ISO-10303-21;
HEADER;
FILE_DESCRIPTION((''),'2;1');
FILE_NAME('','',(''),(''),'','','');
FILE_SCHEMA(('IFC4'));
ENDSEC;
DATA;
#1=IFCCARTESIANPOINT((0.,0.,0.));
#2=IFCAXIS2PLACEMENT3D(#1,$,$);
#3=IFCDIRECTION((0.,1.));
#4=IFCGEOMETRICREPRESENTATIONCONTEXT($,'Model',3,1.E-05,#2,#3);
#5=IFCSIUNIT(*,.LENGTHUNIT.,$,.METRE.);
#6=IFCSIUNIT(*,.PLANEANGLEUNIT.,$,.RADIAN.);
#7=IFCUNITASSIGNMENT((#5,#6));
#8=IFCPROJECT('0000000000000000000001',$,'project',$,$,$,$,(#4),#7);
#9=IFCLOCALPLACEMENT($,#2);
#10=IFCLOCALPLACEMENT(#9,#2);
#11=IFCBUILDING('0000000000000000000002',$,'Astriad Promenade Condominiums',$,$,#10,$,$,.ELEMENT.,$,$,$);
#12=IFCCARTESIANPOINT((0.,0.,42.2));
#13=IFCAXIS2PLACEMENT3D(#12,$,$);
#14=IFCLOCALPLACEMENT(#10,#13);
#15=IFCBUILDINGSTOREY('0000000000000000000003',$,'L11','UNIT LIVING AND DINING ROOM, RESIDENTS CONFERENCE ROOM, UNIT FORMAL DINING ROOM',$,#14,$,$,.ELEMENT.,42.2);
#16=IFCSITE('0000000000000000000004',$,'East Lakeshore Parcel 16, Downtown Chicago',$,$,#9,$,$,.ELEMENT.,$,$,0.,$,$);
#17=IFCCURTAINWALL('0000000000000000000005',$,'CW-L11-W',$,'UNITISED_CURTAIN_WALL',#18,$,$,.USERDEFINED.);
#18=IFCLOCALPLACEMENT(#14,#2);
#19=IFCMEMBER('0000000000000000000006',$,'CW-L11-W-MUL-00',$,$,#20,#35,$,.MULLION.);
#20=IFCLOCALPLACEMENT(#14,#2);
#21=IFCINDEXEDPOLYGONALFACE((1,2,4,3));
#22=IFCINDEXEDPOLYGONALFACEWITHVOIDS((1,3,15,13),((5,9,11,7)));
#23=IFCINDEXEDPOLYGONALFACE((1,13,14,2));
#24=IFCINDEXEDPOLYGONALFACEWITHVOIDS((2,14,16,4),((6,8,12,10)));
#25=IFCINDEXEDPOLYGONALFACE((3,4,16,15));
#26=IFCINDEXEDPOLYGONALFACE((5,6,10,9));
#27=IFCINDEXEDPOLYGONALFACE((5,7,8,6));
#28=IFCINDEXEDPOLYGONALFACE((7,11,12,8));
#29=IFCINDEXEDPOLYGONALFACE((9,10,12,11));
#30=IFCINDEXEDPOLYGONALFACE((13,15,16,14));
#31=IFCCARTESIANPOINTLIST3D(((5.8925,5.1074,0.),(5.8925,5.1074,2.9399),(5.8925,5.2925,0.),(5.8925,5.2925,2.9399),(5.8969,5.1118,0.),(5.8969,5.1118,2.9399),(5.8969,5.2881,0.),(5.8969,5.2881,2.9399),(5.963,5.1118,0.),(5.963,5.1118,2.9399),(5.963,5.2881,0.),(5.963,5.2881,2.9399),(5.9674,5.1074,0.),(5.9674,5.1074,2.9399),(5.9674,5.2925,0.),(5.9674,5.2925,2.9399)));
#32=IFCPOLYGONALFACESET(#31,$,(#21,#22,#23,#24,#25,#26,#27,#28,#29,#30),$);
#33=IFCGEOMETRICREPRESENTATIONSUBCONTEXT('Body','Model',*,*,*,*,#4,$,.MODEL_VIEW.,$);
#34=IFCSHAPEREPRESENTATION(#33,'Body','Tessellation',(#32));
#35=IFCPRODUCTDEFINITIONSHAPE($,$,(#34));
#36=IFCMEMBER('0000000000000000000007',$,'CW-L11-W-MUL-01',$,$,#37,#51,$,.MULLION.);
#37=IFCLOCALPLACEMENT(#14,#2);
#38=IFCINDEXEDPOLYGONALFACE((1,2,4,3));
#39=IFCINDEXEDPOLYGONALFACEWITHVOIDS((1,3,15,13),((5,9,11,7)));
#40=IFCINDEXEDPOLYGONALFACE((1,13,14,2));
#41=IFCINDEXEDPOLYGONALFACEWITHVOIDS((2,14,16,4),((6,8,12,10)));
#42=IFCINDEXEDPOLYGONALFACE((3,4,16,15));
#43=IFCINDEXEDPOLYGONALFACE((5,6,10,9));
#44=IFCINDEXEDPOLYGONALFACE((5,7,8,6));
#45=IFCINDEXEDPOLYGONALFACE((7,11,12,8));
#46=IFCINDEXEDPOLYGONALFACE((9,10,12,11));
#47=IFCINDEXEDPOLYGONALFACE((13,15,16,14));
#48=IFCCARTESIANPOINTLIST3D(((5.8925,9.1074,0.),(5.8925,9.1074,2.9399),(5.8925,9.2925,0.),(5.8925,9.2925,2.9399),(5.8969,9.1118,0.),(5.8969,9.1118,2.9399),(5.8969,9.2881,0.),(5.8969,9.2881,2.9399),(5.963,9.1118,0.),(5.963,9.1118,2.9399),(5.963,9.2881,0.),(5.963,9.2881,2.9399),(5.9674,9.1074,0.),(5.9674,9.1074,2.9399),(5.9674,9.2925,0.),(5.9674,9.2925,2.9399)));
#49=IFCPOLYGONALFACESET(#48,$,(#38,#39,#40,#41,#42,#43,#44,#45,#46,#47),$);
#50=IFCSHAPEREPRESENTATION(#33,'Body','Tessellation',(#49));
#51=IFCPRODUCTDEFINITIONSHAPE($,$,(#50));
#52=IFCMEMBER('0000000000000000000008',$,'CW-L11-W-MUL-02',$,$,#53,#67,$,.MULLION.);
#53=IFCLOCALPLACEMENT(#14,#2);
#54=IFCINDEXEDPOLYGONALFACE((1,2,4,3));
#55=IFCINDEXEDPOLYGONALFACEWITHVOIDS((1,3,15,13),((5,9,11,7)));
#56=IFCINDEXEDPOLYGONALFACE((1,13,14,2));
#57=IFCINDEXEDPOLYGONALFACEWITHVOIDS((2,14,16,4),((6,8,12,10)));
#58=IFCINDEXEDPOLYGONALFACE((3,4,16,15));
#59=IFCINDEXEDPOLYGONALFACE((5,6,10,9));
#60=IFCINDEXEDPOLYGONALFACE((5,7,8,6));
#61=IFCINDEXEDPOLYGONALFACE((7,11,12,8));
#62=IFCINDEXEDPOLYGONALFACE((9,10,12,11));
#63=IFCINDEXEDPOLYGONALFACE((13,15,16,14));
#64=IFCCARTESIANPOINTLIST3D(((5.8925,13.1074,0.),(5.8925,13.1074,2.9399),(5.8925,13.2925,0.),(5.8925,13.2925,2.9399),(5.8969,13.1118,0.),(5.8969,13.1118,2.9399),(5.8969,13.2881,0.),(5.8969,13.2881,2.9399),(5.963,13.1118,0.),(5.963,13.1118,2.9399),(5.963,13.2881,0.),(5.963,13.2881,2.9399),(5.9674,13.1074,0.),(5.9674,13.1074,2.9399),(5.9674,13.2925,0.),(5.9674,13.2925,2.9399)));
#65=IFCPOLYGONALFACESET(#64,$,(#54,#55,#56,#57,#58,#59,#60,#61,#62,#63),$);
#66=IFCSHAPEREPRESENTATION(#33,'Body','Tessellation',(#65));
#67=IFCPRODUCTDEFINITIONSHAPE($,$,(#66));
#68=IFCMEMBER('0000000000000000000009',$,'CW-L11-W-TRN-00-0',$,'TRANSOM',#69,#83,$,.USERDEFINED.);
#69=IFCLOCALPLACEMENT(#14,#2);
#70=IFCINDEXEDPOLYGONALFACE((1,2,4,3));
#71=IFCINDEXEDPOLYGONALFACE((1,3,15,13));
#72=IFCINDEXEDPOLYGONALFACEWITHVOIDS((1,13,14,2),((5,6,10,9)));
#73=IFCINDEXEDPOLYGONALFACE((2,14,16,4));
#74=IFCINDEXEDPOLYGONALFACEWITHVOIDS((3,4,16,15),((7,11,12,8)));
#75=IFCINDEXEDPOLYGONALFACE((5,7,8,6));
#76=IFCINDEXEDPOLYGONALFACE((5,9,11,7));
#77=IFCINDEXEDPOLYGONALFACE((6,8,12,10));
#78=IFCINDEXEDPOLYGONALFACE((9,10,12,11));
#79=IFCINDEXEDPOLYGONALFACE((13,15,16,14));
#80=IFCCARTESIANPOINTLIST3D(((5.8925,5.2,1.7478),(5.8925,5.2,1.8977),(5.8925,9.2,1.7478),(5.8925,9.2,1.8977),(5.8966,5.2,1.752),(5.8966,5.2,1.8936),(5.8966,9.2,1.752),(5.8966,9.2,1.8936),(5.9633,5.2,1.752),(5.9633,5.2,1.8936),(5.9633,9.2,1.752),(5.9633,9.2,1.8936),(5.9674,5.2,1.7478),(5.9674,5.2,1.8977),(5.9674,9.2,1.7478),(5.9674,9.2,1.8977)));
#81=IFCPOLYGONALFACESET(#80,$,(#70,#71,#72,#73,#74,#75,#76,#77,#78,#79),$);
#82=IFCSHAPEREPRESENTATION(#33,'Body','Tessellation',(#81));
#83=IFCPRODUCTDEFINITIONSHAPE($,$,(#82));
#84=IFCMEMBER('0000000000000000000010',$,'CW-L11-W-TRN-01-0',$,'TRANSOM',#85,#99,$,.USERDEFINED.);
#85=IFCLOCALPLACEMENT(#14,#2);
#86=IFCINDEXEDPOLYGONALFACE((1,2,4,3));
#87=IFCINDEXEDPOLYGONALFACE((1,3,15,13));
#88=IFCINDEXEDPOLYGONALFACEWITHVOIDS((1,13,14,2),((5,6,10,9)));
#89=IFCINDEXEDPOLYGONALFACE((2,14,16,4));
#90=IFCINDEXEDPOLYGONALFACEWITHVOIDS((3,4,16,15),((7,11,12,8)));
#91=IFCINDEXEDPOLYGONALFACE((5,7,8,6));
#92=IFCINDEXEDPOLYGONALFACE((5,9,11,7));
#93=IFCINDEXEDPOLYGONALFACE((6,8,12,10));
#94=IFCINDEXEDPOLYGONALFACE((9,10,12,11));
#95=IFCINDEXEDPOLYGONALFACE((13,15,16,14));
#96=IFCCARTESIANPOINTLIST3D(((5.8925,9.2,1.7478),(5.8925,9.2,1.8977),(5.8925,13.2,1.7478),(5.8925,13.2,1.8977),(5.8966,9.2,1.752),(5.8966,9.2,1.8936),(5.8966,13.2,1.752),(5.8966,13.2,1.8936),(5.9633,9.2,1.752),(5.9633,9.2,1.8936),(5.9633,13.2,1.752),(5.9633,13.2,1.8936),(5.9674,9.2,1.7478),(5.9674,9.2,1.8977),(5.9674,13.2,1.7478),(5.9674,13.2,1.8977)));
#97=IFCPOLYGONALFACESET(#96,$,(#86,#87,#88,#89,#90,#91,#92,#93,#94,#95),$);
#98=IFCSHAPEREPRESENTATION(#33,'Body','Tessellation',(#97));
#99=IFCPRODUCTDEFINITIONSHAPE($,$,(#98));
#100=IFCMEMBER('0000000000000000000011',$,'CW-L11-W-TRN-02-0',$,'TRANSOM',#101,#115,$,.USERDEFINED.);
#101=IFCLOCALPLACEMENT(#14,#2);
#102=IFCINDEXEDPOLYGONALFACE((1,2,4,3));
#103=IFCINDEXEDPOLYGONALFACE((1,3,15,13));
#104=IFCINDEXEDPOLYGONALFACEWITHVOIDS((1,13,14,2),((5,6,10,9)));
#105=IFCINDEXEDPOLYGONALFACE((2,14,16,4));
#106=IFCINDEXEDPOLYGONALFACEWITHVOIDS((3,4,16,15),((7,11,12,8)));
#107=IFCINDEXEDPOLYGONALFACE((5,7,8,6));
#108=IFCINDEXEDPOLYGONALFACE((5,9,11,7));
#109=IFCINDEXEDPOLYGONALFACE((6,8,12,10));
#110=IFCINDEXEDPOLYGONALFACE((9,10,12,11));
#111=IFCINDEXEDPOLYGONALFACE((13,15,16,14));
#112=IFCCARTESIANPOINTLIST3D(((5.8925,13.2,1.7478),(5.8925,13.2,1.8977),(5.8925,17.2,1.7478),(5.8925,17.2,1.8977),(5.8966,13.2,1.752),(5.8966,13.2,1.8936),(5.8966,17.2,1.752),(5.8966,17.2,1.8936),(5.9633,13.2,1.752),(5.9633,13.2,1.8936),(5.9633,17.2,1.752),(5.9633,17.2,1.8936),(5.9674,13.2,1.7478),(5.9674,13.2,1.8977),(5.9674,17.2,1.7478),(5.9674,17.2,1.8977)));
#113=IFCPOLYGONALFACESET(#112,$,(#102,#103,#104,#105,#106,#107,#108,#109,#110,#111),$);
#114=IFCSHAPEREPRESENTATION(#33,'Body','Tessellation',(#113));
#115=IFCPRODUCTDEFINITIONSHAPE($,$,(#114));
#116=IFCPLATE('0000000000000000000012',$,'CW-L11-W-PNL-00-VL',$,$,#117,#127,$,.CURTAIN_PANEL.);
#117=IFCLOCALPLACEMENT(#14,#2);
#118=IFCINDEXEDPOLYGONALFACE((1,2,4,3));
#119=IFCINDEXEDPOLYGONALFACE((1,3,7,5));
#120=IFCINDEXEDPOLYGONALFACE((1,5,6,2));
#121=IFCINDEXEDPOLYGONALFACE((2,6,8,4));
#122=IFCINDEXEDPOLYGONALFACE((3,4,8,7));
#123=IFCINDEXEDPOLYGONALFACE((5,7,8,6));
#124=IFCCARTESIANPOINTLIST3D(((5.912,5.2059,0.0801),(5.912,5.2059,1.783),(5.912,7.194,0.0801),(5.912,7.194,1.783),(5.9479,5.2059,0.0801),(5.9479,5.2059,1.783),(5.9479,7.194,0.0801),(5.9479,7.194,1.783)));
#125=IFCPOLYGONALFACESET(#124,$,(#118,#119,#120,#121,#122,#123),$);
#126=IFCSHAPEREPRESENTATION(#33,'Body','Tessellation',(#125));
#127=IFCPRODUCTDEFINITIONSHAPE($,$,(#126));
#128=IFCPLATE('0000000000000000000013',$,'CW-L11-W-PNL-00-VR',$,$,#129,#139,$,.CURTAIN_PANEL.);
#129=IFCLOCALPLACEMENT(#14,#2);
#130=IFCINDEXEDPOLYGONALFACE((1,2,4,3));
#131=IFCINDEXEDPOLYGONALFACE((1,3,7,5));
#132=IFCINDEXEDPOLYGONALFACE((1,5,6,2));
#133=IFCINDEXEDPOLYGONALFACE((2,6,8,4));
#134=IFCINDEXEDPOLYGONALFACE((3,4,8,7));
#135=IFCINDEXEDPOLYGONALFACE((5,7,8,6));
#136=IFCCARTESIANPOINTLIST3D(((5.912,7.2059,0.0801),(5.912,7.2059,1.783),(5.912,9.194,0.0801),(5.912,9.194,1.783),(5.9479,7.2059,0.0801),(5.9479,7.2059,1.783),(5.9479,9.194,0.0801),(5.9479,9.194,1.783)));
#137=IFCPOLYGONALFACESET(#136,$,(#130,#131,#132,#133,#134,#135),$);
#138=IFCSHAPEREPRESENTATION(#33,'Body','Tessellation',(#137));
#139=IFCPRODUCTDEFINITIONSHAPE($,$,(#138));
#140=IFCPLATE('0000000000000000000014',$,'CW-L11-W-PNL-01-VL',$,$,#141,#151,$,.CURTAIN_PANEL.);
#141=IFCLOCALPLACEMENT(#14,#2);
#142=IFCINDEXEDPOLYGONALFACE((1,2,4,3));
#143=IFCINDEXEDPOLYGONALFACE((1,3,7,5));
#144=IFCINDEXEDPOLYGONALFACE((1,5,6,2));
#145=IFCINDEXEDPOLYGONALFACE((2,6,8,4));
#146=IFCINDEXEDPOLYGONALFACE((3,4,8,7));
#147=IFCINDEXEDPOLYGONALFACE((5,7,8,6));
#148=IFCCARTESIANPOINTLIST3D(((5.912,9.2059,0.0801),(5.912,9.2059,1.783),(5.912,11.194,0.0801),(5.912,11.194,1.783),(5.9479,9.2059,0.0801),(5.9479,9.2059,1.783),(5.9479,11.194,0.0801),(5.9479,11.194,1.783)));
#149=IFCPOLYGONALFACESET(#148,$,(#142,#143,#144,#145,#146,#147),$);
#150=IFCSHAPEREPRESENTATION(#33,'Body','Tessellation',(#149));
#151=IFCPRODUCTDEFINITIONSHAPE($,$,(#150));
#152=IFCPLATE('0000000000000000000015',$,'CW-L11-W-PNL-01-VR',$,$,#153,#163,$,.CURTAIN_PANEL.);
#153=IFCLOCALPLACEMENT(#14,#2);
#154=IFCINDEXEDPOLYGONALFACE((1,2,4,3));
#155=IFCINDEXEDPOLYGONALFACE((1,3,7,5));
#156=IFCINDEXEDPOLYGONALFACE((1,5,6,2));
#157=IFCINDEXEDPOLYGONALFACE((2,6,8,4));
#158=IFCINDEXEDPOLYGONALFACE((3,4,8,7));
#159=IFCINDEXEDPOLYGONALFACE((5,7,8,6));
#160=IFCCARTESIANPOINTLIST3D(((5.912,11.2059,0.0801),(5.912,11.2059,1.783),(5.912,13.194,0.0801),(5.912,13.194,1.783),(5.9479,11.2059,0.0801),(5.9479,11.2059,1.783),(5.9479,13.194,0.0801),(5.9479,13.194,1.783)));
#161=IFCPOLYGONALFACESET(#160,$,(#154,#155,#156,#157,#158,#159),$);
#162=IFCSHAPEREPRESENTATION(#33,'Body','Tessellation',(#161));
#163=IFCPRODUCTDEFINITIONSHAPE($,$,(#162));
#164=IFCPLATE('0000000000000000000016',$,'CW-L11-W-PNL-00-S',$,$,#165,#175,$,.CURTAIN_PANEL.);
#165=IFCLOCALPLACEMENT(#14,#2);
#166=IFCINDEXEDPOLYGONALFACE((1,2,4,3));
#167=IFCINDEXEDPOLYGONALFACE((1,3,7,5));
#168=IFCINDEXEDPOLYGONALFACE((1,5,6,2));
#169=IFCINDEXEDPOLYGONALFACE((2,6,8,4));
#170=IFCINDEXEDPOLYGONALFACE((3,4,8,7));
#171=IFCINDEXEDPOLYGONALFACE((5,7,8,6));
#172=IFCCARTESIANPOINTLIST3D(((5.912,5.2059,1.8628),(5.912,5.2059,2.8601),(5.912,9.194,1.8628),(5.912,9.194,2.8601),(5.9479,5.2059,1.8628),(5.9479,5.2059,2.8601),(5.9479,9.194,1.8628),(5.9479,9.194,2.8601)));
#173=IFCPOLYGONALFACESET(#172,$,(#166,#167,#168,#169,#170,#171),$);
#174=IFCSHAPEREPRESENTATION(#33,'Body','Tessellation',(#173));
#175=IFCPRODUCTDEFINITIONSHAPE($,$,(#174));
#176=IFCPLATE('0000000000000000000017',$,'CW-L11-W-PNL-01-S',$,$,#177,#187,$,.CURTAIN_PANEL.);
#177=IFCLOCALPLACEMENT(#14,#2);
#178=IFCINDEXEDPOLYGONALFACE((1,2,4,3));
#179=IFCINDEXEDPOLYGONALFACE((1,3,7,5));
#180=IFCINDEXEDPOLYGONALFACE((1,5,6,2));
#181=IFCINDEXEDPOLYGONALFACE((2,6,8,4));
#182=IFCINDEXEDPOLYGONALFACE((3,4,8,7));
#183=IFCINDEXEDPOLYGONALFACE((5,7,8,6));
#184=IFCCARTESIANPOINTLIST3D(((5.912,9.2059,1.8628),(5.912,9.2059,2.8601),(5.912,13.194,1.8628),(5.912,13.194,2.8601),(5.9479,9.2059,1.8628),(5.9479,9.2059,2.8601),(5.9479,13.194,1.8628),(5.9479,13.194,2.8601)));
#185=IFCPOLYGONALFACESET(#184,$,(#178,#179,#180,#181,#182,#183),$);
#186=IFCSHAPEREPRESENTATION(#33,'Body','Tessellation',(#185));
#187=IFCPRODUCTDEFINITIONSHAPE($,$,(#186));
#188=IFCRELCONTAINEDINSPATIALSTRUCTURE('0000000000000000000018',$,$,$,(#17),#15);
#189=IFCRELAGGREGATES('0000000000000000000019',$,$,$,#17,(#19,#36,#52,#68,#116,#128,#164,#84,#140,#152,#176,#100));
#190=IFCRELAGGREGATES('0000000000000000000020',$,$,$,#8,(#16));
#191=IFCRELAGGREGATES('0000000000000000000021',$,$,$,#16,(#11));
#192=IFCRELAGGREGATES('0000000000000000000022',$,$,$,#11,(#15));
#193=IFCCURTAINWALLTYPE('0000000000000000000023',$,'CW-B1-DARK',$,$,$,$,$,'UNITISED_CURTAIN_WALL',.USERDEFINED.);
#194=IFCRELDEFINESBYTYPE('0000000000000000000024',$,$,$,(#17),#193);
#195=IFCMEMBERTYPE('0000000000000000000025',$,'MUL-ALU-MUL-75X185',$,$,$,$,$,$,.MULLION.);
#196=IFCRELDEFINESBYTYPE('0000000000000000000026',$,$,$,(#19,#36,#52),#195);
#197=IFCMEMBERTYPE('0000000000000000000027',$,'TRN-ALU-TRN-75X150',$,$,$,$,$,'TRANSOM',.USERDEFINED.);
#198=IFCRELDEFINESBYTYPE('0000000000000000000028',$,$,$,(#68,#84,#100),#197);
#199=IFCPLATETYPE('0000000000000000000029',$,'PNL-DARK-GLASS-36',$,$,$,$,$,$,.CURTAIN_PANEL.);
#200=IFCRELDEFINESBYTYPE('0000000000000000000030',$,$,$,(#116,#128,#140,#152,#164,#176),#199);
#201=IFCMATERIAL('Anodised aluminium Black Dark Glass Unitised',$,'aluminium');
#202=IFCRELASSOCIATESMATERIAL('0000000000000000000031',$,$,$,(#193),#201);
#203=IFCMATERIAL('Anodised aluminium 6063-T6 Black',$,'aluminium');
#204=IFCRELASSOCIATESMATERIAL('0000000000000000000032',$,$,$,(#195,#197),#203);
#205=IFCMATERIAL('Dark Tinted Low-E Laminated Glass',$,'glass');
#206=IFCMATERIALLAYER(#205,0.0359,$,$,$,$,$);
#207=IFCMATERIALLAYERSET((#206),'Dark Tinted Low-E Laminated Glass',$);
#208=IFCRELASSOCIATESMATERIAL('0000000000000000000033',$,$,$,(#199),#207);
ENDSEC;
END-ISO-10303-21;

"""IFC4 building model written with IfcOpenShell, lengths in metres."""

from ifc_helpers import new_model, si_unit, direction, frame, origin, origin_2d, place, context, subcontext, project, spatial, rectangle, hollow_rectangle, extrude, source, transform, mapped, material, layer, layer_set, material_profile, profile_set, type_object, type_shapes, element, aggregate, save


model = new_model("IFC4")

# Units and contexts
model_context = context("Model", 3, precision=1e-05, world=origin(), true_north=direction((0.0, 1.0)))
body_context = subcontext(model_context, "Body", "Model", "MODEL_VIEW")
ifc_project = project(units=[si_unit("LENGTHUNIT", "METRE"), si_unit("PLANEANGLEUNIT", "RADIAN")], contexts=[model_context])

# Site, building, storey
site_placement = place(None, origin())
site = spatial("IfcSite", under=ifc_project, at=site_placement, Name="East Lakeshore Parcel 16, Downtown Chicago", CompositionType="ELEMENT", RefElevation=0.0)
building_placement = place(site_placement, origin())
building = spatial("IfcBuilding", under=site, at=building_placement, Name="Astriad Promenade Condominiums", CompositionType="ELEMENT")
storey_placement = place(building_placement, frame((0.0, 0.0, 42.2)))
storey = spatial("IfcBuildingStorey", under=building, at=storey_placement, Name="L11", Description="UNIT LIVING AND DINING ROOM, RESIDENTS CONFERENCE ROOM, UNIT FORMAL DINING ROOM", CompositionType="ELEMENT", Elevation=42.2)

# Curtain wall, members, plates
ifc_material_1 = material(Name="Anodised aluminium Black Dark Glass Unitised", Category="aluminium")
curtain_wall_type = type_object("IfcCurtainWallType", Name="CW-B1-DARK", ElementType="UNITISED_CURTAIN_WALL", PredefinedType="USERDEFINED", material=ifc_material_1)
curtain_wall_placement = place(storey_placement, origin())
curtain_wall = element("IfcCurtainWall", 1, at=curtain_wall_placement, inside=storey, type_object=curtain_wall_type, Name="CW-L11-W", ObjectType="UNITISED_CURTAIN_WALL", PredefinedType="USERDEFINED")
ifc_material_2 = material(Name="Anodised aluminium 6063-T6 Black", Category="aluminium")
ifc_material_profile_1 = material_profile(ifc_material_2, hollow_rectangle(XDim=0.075, YDim=0.1851, WallThickness=0.0044, at=origin_2d()), Name="ALU-MUL-75X185")
ifc_profile_set_1 = profile_set([ifc_material_profile_1], Name="Anodised aluminium 6063-T6 Black")
member_type_1 = type_object("IfcMemberType", Name="MUL-ALU-MUL-75X185", PredefinedType="MULLION", material=ifc_profile_set_1)
shared_shape_1 = source(origin(), body_context, "Body", "SweptSolid", [
    extrude(hollow_rectangle(XDim=0.075, YDim=0.1851, WallThickness=0.0044, at=origin_2d()), origin(), (0.0, 0.0, 1.0), 2.9399),
])
type_shapes(member_type_1, [shared_shape_1])
member_1_placement = place(storey_placement, frame((5.9299, 5.2, 0.0), z_axis=(0.0, 0.0, 1.0), x_axis=(1.0, 0.0, 0.0)))
member_1 = element("IfcMember", 2, at=member_1_placement, type_object=member_type_1, Name="CW-L11-W-MUL-00", PredefinedType="MULLION", context=body_context, shape_type="MappedRepresentation", body=[
    mapped(shared_shape_1, transform((0.0, 0.0, 0.0), scale=1.0)),
])
member_2_placement = place(storey_placement, frame((5.9299, 9.2, 0.0), z_axis=(0.0, 0.0, 1.0), x_axis=(1.0, 0.0, 0.0)))
member_2 = element("IfcMember", 3, at=member_2_placement, type_object=member_type_1, Name="CW-L11-W-MUL-01", PredefinedType="MULLION", context=body_context, shape_type="MappedRepresentation", body=[
    mapped(shared_shape_1, transform((0.0, 0.0, 0.0), scale=1.0)),
])
member_3_placement = place(storey_placement, frame((5.9299, 13.2, 0.0), z_axis=(0.0, 0.0, 1.0), x_axis=(1.0, 0.0, 0.0)))
member_3 = element("IfcMember", 4, at=member_3_placement, type_object=member_type_1, Name="CW-L11-W-MUL-02", PredefinedType="MULLION", context=body_context, shape_type="MappedRepresentation", body=[
    mapped(shared_shape_1, transform((0.0, 0.0, 0.0), scale=1.0)),
])
ifc_material_profile_2 = material_profile(ifc_material_2, hollow_rectangle(XDim=0.075, YDim=0.1499, WallThickness=0.0042, at=origin_2d()), Name="ALU-TRN-75X150")
ifc_profile_set_2 = profile_set([ifc_material_profile_2], Name="Anodised aluminium 6063-T6 Black")
member_type_2 = type_object("IfcMemberType", Name="TRN-ALU-TRN-75X150", ElementType="TRANSOM", PredefinedType="USERDEFINED", material=ifc_profile_set_2)
shared_shape_2 = source(origin(), body_context, "Body", "SweptSolid", [
    extrude(hollow_rectangle(XDim=0.075, YDim=0.1499, WallThickness=0.0042, at=origin_2d()), origin(), (0.0, 0.0, 1.0), 4.0),
])
type_shapes(member_type_2, [shared_shape_2])
member_4_placement = place(storey_placement, frame((5.9299, 5.2, 1.8228), z_axis=(0.0, 1.0, 0.0), x_axis=(-1.0, 0.0, 0.0)))
member_4 = element("IfcMember", 5, at=member_4_placement, type_object=member_type_2, Name="CW-L11-W-TRN-00-0", ObjectType="TRANSOM", PredefinedType="USERDEFINED", context=body_context, shape_type="MappedRepresentation", body=[
    mapped(shared_shape_2, transform((0.0, 0.0, 0.0), scale=1.0)),
])
member_5_placement = place(storey_placement, frame((5.9299, 9.2, 1.8228), z_axis=(0.0, 1.0, 0.0), x_axis=(-1.0, 0.0, 0.0)))
member_5 = element("IfcMember", 6, at=member_5_placement, type_object=member_type_2, Name="CW-L11-W-TRN-01-0", ObjectType="TRANSOM", PredefinedType="USERDEFINED", context=body_context, shape_type="MappedRepresentation", body=[
    mapped(shared_shape_2, transform((0.0, 0.0, 0.0), scale=1.0)),
])
member_6_placement = place(storey_placement, frame((5.9299, 13.2, 1.8228), z_axis=(0.0, 1.0, 0.0), x_axis=(-1.0, 0.0, 0.0)))
member_6 = element("IfcMember", 7, at=member_6_placement, type_object=member_type_2, Name="CW-L11-W-TRN-02-0", ObjectType="TRANSOM", PredefinedType="USERDEFINED", context=body_context, shape_type="MappedRepresentation", body=[
    mapped(shared_shape_2, transform((0.0, 0.0, 0.0), scale=1.0)),
])
ifc_material_3 = material(Name="Dark Tinted Low-E Laminated Glass", Category="glass")
ifc_layer_1 = layer(ifc_material_3, 0.0359)
ifc_layer_set_1 = layer_set([ifc_layer_1], Name="Dark Tinted Low-E Laminated Glass")
plate_type = type_object("IfcPlateType", Name="PNL-DARK-GLASS-36", PredefinedType="CURTAIN_PANEL", material=ifc_layer_set_1)
shared_shape_3 = source(origin(), body_context, "Body", "SweptSolid", [
    extrude(rectangle(XDim=1.988, YDim=0.0359, at=origin_2d()), origin(), (0.0, 0.0, 1.0), 1.7029),
])
plate_1_placement = place(storey_placement, frame((5.9299, 6.2, 0.0801), z_axis=(0.0, 0.0, 1.0), x_axis=(0.0, 1.0, 0.0)))
plate_1 = element("IfcPlate", 8, at=plate_1_placement, type_object=plate_type, Name="CW-L11-W-PNL-00-VL", PredefinedType="CURTAIN_PANEL", context=body_context, shape_type="MappedRepresentation", body=[
    mapped(shared_shape_3, transform((0.0, 0.0, 0.0), scale=1.0)),
])
plate_2_placement = place(storey_placement, frame((5.9299, 8.2, 0.0801), z_axis=(0.0, 0.0, 1.0), x_axis=(0.0, 1.0, 0.0)))
plate_2 = element("IfcPlate", 9, at=plate_2_placement, type_object=plate_type, Name="CW-L11-W-PNL-00-VR", PredefinedType="CURTAIN_PANEL", context=body_context, shape_type="MappedRepresentation", body=[
    mapped(shared_shape_3, transform((0.0, 0.0, 0.0), scale=1.0)),
])
plate_3_placement = place(storey_placement, frame((5.9299, 10.2, 0.0801), z_axis=(0.0, 0.0, 1.0), x_axis=(0.0, 1.0, 0.0)))
plate_3 = element("IfcPlate", 10, at=plate_3_placement, type_object=plate_type, Name="CW-L11-W-PNL-01-VL", PredefinedType="CURTAIN_PANEL", context=body_context, shape_type="MappedRepresentation", body=[
    mapped(shared_shape_3, transform((0.0, 0.0, 0.0), scale=1.0)),
])
plate_4_placement = place(storey_placement, frame((5.9299, 12.2, 0.0801), z_axis=(0.0, 0.0, 1.0), x_axis=(0.0, 1.0, 0.0)))
plate_4 = element("IfcPlate", 11, at=plate_4_placement, type_object=plate_type, Name="CW-L11-W-PNL-01-VR", PredefinedType="CURTAIN_PANEL", context=body_context, shape_type="MappedRepresentation", body=[
    mapped(shared_shape_3, transform((0.0, 0.0, 0.0), scale=1.0)),
])
shared_shape_4 = source(origin(), body_context, "Body", "SweptSolid", [
    extrude(rectangle(XDim=3.988, YDim=0.0359, at=origin_2d()), origin(), (0.0, 0.0, 1.0), 0.9973),
])
type_shapes(plate_type, [shared_shape_3, shared_shape_4])
plate_5_placement = place(storey_placement, frame((5.9299, 7.2, 1.8628), z_axis=(0.0, 0.0, 1.0), x_axis=(0.0, 1.0, 0.0)))
plate_5 = element("IfcPlate", 12, at=plate_5_placement, type_object=plate_type, Name="CW-L11-W-PNL-00-S", PredefinedType="CURTAIN_PANEL", context=body_context, shape_type="MappedRepresentation", body=[
    mapped(shared_shape_4, transform((0.0, 0.0, 0.0), scale=1.0)),
])
plate_6_placement = place(storey_placement, frame((5.9299, 11.2, 1.8628), z_axis=(0.0, 0.0, 1.0), x_axis=(0.0, 1.0, 0.0)))
plate_6 = element("IfcPlate", 13, at=plate_6_placement, type_object=plate_type, Name="CW-L11-W-PNL-01-S", PredefinedType="CURTAIN_PANEL", context=body_context, shape_type="MappedRepresentation", body=[
    mapped(shared_shape_4, transform((0.0, 0.0, 0.0), scale=1.0)),
])
aggregate(curtain_wall, [member_1, member_2, member_3, member_4, plate_1, plate_2, plate_5, member_5, plate_3, plate_4, plate_6, member_6])

save(model, "model.ifc")
